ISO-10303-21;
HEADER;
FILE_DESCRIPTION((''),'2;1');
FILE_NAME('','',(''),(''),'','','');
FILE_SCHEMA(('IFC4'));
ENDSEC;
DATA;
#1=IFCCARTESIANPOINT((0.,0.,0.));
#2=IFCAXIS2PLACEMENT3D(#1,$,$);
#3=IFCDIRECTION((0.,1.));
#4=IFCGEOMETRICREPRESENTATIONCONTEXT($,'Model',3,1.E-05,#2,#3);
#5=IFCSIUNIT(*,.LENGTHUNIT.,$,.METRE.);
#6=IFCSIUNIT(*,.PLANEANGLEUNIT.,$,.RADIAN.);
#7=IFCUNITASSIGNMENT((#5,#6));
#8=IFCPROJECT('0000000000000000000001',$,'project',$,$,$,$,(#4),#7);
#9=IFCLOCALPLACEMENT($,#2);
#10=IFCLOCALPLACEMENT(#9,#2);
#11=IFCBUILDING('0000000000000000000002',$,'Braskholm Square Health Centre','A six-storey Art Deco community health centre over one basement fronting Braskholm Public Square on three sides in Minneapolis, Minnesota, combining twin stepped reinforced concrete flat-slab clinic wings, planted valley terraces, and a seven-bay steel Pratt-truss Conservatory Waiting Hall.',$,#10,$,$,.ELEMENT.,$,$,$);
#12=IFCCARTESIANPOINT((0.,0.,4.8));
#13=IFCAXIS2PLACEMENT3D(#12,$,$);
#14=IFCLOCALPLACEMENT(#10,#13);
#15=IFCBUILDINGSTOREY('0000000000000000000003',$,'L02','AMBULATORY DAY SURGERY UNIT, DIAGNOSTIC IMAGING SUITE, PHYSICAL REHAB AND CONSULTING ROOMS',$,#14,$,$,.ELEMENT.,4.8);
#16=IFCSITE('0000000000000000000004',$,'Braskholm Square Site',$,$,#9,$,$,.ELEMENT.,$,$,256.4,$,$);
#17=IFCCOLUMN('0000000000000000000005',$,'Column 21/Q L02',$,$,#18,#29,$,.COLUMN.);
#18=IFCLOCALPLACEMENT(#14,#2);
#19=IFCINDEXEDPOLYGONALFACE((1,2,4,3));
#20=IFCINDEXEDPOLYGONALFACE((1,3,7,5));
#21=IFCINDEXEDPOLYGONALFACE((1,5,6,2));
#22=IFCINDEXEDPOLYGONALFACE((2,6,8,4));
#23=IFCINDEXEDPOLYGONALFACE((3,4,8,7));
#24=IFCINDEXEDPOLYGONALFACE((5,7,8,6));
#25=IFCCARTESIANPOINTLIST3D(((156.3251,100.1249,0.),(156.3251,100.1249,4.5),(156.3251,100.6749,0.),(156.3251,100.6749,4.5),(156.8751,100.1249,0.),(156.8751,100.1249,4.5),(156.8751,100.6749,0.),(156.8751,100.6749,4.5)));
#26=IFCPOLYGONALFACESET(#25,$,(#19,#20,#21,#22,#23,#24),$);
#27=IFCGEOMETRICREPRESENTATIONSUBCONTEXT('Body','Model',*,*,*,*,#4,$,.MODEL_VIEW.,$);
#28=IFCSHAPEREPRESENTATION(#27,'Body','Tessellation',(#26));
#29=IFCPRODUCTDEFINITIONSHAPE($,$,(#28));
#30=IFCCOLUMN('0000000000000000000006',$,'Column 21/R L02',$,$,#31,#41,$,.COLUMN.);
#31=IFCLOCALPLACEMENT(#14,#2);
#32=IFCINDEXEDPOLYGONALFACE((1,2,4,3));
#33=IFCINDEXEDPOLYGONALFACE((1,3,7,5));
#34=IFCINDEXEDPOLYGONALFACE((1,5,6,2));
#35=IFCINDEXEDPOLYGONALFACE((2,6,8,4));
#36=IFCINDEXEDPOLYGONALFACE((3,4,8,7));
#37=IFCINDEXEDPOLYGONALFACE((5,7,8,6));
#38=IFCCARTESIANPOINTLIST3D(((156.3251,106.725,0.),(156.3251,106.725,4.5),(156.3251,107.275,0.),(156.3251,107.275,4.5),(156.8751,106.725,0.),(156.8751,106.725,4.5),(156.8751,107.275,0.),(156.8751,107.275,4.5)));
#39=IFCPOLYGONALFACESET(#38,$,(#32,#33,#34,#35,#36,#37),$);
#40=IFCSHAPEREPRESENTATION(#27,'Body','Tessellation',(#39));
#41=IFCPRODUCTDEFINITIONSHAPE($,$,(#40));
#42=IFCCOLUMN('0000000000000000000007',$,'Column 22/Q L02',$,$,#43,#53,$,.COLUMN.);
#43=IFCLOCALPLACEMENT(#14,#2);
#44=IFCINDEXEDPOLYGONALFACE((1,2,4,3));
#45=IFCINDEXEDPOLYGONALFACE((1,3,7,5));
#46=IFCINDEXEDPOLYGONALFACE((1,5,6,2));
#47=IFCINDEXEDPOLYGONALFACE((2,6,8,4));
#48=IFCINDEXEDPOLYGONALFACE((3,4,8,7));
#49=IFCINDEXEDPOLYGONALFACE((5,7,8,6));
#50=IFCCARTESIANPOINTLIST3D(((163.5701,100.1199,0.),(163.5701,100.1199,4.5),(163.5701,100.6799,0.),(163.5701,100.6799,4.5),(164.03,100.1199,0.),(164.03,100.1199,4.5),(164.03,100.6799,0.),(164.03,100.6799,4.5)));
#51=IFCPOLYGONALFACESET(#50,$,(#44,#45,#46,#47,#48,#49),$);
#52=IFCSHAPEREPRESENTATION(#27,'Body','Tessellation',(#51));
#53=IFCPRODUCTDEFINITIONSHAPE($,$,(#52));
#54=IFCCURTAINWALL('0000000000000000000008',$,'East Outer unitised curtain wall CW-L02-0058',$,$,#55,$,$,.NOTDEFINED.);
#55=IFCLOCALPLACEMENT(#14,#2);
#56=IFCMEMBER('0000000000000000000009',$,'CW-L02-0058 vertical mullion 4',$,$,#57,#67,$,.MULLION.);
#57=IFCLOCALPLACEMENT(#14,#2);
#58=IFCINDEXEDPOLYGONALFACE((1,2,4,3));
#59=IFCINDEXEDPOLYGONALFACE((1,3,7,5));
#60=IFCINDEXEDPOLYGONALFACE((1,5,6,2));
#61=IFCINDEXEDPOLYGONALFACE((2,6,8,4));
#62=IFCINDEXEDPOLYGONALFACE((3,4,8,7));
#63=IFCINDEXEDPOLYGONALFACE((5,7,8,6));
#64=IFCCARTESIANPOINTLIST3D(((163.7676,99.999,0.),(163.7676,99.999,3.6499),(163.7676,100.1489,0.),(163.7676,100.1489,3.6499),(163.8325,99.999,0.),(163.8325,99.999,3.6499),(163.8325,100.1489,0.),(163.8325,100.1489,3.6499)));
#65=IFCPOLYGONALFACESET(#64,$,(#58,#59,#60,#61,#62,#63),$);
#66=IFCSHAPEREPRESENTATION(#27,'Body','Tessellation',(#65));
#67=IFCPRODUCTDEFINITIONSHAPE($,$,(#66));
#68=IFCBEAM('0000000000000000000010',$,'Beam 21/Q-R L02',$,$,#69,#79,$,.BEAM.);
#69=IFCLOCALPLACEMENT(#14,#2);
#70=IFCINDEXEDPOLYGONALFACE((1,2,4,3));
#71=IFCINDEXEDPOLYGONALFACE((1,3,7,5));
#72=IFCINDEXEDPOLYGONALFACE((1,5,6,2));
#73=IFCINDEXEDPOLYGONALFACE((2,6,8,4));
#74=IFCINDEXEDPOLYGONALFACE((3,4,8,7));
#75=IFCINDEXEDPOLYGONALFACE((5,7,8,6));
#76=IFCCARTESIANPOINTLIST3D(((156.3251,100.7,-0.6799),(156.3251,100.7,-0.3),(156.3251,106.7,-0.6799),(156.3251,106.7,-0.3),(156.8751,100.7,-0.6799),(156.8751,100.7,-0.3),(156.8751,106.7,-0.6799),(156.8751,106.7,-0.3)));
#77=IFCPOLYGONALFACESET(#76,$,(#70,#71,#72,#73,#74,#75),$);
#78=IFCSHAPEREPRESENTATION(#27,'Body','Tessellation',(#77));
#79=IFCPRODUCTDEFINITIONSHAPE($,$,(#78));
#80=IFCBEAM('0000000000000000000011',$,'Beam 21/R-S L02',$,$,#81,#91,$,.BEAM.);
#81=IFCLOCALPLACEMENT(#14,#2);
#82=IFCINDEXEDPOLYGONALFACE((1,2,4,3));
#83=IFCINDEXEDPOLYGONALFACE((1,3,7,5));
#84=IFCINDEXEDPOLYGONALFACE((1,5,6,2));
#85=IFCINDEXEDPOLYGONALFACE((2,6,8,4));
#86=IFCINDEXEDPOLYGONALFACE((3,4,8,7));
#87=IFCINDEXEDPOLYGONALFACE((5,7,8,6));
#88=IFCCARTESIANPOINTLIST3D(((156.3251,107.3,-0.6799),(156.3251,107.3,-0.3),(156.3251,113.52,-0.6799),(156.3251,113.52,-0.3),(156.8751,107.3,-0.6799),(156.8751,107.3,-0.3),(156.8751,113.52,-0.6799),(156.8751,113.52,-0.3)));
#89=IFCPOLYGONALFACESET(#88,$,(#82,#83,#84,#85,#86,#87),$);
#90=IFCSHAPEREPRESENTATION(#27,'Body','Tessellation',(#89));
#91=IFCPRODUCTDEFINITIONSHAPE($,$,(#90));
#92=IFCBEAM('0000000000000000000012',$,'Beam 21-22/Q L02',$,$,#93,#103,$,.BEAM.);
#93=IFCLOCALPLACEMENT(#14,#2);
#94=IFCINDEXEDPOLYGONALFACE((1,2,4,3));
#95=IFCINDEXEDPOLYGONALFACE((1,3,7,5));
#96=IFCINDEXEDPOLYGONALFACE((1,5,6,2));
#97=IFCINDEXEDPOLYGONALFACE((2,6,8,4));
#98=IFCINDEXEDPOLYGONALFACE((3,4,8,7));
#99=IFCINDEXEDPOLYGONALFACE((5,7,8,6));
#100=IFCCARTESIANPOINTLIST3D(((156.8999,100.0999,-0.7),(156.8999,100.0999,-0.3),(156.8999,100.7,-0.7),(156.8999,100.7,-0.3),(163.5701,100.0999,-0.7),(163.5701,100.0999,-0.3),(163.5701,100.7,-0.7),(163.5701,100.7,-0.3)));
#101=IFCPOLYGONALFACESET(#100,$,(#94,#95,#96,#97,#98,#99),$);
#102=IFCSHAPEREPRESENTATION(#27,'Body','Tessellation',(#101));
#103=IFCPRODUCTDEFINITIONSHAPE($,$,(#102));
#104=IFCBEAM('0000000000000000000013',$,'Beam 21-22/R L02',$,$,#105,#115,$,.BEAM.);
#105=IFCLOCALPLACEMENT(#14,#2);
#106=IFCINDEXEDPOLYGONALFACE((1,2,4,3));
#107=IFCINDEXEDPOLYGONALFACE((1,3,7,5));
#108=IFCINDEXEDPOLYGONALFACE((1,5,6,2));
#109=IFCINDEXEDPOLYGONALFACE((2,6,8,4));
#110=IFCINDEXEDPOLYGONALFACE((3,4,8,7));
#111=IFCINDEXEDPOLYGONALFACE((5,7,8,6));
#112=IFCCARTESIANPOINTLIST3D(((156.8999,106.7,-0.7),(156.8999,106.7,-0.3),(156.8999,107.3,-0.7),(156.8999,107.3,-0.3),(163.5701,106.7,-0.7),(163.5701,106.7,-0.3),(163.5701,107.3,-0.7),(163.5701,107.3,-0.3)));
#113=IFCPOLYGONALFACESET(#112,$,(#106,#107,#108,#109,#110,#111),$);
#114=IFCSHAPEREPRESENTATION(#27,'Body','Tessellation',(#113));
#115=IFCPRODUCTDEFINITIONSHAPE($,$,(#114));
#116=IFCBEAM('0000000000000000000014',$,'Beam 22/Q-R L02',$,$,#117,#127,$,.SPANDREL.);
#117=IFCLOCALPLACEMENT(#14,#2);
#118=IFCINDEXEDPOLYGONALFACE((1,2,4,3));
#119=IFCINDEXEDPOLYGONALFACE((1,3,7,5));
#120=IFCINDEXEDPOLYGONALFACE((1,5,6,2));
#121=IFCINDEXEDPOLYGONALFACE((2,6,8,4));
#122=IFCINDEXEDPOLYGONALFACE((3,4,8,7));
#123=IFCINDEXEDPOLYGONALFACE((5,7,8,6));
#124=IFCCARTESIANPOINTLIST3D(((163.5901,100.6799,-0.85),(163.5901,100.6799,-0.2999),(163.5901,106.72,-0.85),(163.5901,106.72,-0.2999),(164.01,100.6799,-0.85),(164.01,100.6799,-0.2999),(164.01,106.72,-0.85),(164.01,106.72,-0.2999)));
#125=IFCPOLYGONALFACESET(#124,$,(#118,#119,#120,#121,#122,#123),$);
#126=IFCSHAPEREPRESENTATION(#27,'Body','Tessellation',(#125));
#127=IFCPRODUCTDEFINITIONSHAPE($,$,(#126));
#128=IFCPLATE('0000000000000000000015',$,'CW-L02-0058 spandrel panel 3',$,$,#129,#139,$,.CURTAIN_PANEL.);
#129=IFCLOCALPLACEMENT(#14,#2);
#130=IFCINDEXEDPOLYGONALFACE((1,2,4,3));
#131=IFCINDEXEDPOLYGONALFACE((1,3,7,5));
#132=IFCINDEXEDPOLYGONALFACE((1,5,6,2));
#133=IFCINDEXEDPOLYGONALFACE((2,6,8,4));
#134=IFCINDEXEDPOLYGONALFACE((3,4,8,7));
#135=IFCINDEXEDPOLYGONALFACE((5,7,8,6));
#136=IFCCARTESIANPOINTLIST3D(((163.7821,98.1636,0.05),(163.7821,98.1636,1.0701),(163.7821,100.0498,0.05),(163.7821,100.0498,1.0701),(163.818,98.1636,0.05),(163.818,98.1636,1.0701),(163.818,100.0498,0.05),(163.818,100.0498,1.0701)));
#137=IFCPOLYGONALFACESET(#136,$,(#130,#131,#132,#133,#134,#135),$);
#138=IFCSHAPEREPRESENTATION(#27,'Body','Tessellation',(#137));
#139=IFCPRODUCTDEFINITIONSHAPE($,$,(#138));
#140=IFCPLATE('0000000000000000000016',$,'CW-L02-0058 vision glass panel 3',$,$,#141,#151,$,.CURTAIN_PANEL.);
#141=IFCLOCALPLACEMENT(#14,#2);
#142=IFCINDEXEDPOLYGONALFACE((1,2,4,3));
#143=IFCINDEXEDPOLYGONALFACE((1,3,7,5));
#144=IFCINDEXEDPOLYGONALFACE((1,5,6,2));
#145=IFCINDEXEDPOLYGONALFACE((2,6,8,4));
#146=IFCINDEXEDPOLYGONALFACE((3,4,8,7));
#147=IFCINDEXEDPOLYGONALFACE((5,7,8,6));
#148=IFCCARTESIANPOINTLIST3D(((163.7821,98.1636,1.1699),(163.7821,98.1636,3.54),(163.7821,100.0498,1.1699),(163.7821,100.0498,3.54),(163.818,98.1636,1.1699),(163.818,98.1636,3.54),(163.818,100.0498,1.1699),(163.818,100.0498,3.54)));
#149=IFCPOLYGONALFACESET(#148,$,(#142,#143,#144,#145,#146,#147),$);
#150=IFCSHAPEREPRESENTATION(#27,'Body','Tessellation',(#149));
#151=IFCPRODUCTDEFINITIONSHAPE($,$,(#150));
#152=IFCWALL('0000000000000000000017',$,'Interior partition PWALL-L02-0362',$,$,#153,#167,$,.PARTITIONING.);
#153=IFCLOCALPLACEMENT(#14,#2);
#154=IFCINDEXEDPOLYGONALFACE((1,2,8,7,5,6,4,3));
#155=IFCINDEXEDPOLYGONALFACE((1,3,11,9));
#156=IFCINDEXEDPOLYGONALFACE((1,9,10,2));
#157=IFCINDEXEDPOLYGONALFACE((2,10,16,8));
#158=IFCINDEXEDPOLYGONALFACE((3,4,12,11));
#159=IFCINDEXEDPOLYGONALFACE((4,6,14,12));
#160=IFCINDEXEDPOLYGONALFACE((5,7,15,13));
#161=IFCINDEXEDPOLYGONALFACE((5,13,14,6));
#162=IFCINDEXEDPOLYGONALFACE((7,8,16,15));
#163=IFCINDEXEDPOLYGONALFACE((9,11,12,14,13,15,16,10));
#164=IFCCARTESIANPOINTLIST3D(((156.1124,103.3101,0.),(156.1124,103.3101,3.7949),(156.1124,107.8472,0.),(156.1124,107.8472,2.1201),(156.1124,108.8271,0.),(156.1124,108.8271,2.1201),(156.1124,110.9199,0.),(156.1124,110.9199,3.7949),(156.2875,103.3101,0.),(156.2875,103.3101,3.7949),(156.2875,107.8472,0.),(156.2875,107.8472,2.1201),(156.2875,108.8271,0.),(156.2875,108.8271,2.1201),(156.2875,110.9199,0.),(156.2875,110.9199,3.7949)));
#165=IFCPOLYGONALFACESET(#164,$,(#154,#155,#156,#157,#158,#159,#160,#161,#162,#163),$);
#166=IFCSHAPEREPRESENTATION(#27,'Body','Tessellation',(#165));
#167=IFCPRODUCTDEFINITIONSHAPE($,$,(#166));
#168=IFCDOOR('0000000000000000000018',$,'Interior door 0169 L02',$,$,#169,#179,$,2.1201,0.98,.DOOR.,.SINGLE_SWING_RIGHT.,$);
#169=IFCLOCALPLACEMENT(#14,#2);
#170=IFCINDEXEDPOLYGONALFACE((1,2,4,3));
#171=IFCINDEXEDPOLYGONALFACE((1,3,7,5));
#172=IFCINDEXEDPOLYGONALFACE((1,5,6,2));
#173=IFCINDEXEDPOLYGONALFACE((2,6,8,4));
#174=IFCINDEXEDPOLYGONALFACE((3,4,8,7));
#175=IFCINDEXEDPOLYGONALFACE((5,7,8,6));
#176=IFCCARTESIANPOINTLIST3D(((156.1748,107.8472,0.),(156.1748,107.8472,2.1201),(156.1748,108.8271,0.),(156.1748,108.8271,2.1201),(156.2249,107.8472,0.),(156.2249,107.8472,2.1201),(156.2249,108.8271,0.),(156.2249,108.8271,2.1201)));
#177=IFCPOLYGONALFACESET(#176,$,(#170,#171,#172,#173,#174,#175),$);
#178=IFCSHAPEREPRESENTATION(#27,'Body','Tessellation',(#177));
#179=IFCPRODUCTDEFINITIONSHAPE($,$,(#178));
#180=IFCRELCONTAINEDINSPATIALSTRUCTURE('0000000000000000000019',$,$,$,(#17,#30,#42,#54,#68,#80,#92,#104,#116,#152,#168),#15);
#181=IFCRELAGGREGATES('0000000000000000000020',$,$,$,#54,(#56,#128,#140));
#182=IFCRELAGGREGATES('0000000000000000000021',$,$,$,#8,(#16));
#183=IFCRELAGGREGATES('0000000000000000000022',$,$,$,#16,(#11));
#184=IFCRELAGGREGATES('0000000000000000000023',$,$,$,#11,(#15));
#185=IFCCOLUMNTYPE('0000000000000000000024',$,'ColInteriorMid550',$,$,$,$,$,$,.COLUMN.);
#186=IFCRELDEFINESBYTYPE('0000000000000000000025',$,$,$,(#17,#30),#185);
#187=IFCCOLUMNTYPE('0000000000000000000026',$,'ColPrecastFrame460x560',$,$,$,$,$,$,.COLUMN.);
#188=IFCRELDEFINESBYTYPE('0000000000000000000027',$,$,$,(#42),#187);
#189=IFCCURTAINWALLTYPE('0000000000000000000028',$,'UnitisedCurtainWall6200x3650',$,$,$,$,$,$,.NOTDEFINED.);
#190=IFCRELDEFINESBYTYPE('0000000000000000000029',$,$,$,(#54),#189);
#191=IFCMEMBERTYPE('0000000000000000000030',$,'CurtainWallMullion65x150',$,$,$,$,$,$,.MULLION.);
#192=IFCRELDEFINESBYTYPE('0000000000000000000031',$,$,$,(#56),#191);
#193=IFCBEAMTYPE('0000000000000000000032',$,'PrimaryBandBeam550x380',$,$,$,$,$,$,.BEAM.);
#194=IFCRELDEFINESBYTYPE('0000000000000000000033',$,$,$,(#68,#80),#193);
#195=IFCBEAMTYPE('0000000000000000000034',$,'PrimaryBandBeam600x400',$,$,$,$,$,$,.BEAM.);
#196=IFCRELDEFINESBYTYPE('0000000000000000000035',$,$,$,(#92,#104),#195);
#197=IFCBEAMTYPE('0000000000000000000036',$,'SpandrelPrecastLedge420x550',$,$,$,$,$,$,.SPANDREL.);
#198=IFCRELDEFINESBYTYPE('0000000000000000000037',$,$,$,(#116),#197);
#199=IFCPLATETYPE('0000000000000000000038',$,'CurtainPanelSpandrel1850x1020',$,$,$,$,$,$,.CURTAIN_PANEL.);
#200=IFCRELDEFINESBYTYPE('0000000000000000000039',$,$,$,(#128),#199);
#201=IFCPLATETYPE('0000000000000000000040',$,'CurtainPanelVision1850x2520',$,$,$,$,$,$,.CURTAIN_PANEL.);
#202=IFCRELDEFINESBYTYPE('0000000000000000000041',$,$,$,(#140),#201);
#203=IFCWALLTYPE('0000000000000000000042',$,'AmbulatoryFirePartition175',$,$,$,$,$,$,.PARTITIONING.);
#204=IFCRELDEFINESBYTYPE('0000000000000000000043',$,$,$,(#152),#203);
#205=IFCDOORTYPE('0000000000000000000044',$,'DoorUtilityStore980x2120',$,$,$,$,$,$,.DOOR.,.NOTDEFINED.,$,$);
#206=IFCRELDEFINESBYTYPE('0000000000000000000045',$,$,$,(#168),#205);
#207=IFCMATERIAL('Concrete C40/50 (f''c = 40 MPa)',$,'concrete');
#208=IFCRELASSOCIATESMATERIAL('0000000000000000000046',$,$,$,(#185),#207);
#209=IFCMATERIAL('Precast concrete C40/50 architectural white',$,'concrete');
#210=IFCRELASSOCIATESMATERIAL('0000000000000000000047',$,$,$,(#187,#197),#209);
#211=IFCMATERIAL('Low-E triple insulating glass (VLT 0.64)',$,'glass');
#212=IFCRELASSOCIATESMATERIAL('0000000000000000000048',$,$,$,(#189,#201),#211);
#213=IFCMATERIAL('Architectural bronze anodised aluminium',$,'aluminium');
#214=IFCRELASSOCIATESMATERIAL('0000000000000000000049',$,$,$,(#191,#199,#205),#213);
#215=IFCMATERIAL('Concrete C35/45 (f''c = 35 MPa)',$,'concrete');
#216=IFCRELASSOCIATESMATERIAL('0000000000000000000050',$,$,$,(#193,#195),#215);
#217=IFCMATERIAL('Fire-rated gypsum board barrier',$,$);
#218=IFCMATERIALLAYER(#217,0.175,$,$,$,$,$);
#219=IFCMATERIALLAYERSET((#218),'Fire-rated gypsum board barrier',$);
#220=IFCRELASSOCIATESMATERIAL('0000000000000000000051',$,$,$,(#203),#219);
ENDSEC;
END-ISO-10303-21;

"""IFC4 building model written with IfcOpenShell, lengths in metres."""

from ifc_helpers import new_model, si_unit, direction, frame, frame_2d, origin, origin_2d, place, context, subcontext, project, spatial, rectangle, extrude, material, layer, layer_set, material_profile, profile_set, type_object, element, fill, aggregate, save


model = new_model("IFC4")

# Units and contexts
model_context = context("Model", 3, precision=1e-05, world=origin(), true_north=direction((0.0, 1.0)))
body_context = subcontext(model_context, "Body", "Model", "MODEL_VIEW")
ifc_project = project(units=[si_unit("LENGTHUNIT", "METRE"), si_unit("PLANEANGLEUNIT", "RADIAN")], contexts=[model_context])

# Site, building, storey
site_placement = place(None, origin())
site = spatial("IfcSite", under=ifc_project, at=site_placement, Name="Braskholm Square Site", CompositionType="ELEMENT", RefElevation=256.4)
building_placement = place(site_placement, origin())
building = spatial("IfcBuilding", under=site, at=building_placement, Name="Braskholm Square Health Centre", Description="A six-storey Art Deco community health centre over one basement fronting Braskholm Public Square on three sides in Minneapolis, Minnesota, combining twin stepped reinforced concrete flat-slab clinic wings, planted valley terraces, and a seven-bay steel Pratt-truss Conservatory Waiting Hall.", CompositionType="ELEMENT")
storey_placement = place(building_placement, frame((0.0, 0.0, 4.8)))
storey = spatial("IfcBuildingStorey", under=building, at=storey_placement, Name="L02", Description="AMBULATORY DAY SURGERY UNIT, DIAGNOSTIC IMAGING SUITE, PHYSICAL REHAB AND CONSULTING ROOMS", CompositionType="ELEMENT", Elevation=4.8)

# Columns
ifc_material_1 = material(Name="Concrete C40/50 (f'c = 40 MPa)", Category="concrete")
ifc_material_profile_1 = material_profile(ifc_material_1, rectangle(XDim=0.55, YDim=0.55, at=origin_2d()), Name="RC-550X550")
ifc_profile_set_1 = profile_set([ifc_material_profile_1], Name="Concrete C40/50 (f'c = 40 MPa)")
column_type_1 = type_object("IfcColumnType", Name="ColInteriorMid550", PredefinedType="COLUMN", material=ifc_profile_set_1)
for number, where, z_axis, x_axis, name in (
    (1, (156.6001, 100.3999, 0.0), (0.0, 0.0, 1.0), (1.0, 0.0, 0.0), "Column 21/Q L02"),
    (2, (156.6001, 107.0, 0.0), (0.0, 0.0, 1.0), (1.0, 0.0, 0.0), "Column 21/R L02"),
):
    element("IfcColumn", number, at=place(storey_placement, frame(where, z_axis=z_axis, x_axis=x_axis)), inside=storey, type_object=column_type_1, Name=name, PredefinedType="COLUMN", context=body_context, shape_type="SweptSolid", body=[
        extrude(rectangle(XDim=0.55, YDim=0.55, at=origin_2d()), origin(), (0.0, 0.0, 1.0), 4.5),
    ])
ifc_material_2 = material(Name="Precast concrete C40/50 architectural white", Category="concrete")
ifc_material_profile_2 = material_profile(ifc_material_2, rectangle(XDim=0.46, YDim=0.5601, at=origin_2d()), Name="RC-460X560")
ifc_profile_set_2 = profile_set([ifc_material_profile_2], Name="Precast concrete C40/50 architectural white")
column_type_2 = type_object("IfcColumnType", Name="ColPrecastFrame460x560", PredefinedType="COLUMN", material=ifc_profile_set_2)
column_placement = place(storey_placement, frame((163.8, 100.3999, 0.0), z_axis=(0.0, 0.0, 1.0), x_axis=(1.0, 0.0, 0.0)))
element("IfcColumn", 3, at=column_placement, inside=storey, type_object=column_type_2, Name="Column 22/Q L02", PredefinedType="COLUMN", context=body_context, shape_type="SweptSolid", body=[
    extrude(rectangle(XDim=0.46, YDim=0.5601, at=origin_2d()), origin(), (0.0, 0.0, 1.0), 4.5),
])

# Curtain wall, member
ifc_material_3 = material(Name="Low-E triple insulating glass (VLT 0.64)", Category="glass")
curtain_wall_type = type_object("IfcCurtainWallType", Name="UnitisedCurtainWall6200x3650", PredefinedType="NOTDEFINED", material=ifc_material_3)
curtain_wall_placement = place(storey_placement, origin())
curtain_wall = element("IfcCurtainWall", 4, at=curtain_wall_placement, inside=storey, type_object=curtain_wall_type, Name="East Outer unitised curtain wall CW-L02-0058", PredefinedType="NOTDEFINED")
ifc_material_4 = material(Name="Architectural bronze anodised aluminium", Category="aluminium")
ifc_material_profile_3 = material_profile(ifc_material_4, rectangle(XDim=0.0649, YDim=0.1499, at=origin_2d()), Name="ALU-65X150")
ifc_profile_set_3 = profile_set([ifc_material_profile_3], Name="Architectural bronze anodised aluminium")
member_type = type_object("IfcMemberType", Name="CurtainWallMullion65x150", PredefinedType="MULLION", material=ifc_profile_set_3)
member_placement = place(storey_placement, frame((163.8, 100.074, 0.0), z_axis=(0.0, 0.0, 1.0), x_axis=(1.0, 0.0, 0.0)))
member = element("IfcMember", 5, at=member_placement, type_object=member_type, Name="CW-L02-0058 vertical mullion 4", PredefinedType="MULLION", context=body_context, shape_type="SweptSolid", body=[
    extrude(rectangle(XDim=0.0649, YDim=0.1499, at=origin_2d()), origin(), (0.0, 0.0, 1.0), 3.6499),
])

# Beams
ifc_material_5 = material(Name="Concrete C35/45 (f'c = 35 MPa)", Category="concrete")
ifc_material_profile_4 = material_profile(ifc_material_5, rectangle(XDim=0.55, YDim=0.3799, at=origin_2d()), Name="RCB-550X380")
ifc_profile_set_4 = profile_set([ifc_material_profile_4], Name="Concrete C35/45 (f'c = 35 MPa)")
beam_type_1 = type_object("IfcBeamType", Name="PrimaryBandBeam550x380", PredefinedType="BEAM", material=ifc_profile_set_4)
beam_1_placement = place(storey_placement, frame((156.6001, 100.7, -0.49), z_axis=(0.0, 1.0, 0.0), x_axis=(-1.0, 0.0, 0.0)))
element("IfcBeam", 6, at=beam_1_placement, inside=storey, type_object=beam_type_1, Name="Beam 21/Q-R L02", PredefinedType="BEAM", context=body_context, shape_type="SweptSolid", body=[
    extrude(rectangle(XDim=0.55, YDim=0.3799, at=origin_2d()), origin(), (0.0, 0.0, 1.0), 6.0),
])
beam_2_placement = place(storey_placement, frame((156.6001, 107.3, -0.49), z_axis=(0.0, 1.0, 0.0), x_axis=(-1.0, 0.0, 0.0)))
element("IfcBeam", 7, at=beam_2_placement, inside=storey, type_object=beam_type_1, Name="Beam 21/R-S L02", PredefinedType="BEAM", context=body_context, shape_type="SweptSolid", body=[
    extrude(rectangle(XDim=0.55, YDim=0.3799, at=origin_2d()), origin(), (0.0, 0.0, 1.0), 6.22),
])
ifc_material_profile_5 = material_profile(ifc_material_5, rectangle(XDim=0.6001, YDim=0.3999, at=origin_2d()), Name="RCB-600X400")
ifc_profile_set_5 = profile_set([ifc_material_profile_5], Name="Concrete C35/45 (f'c = 35 MPa)")
beam_type_2 = type_object("IfcBeamType", Name="PrimaryBandBeam600x400", PredefinedType="BEAM", material=ifc_profile_set_5)
for number, where, z_axis, x_axis, name in (
    (8, (156.8999, 100.3999, -0.5), (1.0, 0.0, 0.0), (0.0, 1.0, 0.0), "Beam 21-22/Q L02"),
    (9, (156.8999, 107.0, -0.5), (1.0, 0.0, 0.0), (0.0, 1.0, 0.0), "Beam 21-22/R L02"),
):
    element("IfcBeam", number, at=place(storey_placement, frame(where, z_axis=z_axis, x_axis=x_axis)), inside=storey, type_object=beam_type_2, Name=name, PredefinedType="BEAM", context=body_context, shape_type="SweptSolid", body=[
        extrude(rectangle(XDim=0.6001, YDim=0.3999, at=origin_2d()), origin(), (0.0, 0.0, 1.0), 6.6702),
    ])
ifc_material_profile_6 = material_profile(ifc_material_2, rectangle(XDim=0.4199, YDim=0.55, at=origin_2d()), Name="RCB-420X550")
ifc_profile_set_6 = profile_set([ifc_material_profile_6], Name="Precast concrete C40/50 architectural white")
beam_type_3 = type_object("IfcBeamType", Name="SpandrelPrecastLedge420x550", PredefinedType="SPANDREL", material=ifc_profile_set_6)
beam_3_placement = place(storey_placement, frame((163.8, 100.6799, -0.575), z_axis=(0.0, 1.0, 0.0), x_axis=(-1.0, 0.0, 0.0)))
element("IfcBeam", 10, at=beam_3_placement, inside=storey, type_object=beam_type_3, Name="Beam 22/Q-R L02", PredefinedType="SPANDREL", context=body_context, shape_type="SweptSolid", body=[
    extrude(rectangle(XDim=0.4199, YDim=0.55, at=origin_2d()), origin(), (0.0, 0.0, 1.0), 6.04),
])

# Plates
plate_type_1 = type_object("IfcPlateType", Name="CurtainPanelSpandrel1850x1020", PredefinedType="CURTAIN_PANEL", material=ifc_material_4)
plate_1_placement = place(storey_placement, frame((163.8, 99.1067, 0.05), z_axis=(0.0, 0.0, 1.0), x_axis=(0.0, 1.0, 0.0)))
plate_1 = element("IfcPlate", 11, at=plate_1_placement, type_object=plate_type_1, Name="CW-L02-0058 spandrel panel 3", PredefinedType="CURTAIN_PANEL", context=body_context, shape_type="SweptSolid", body=[
    extrude(rectangle(XDim=1.8862, YDim=0.0359, at=origin_2d()), origin(), (0.0, 0.0, 1.0), 1.02),
])
plate_type_2 = type_object("IfcPlateType", Name="CurtainPanelVision1850x2520", PredefinedType="CURTAIN_PANEL", material=ifc_material_3)
plate_2_placement = place(storey_placement, frame((163.8, 99.1067, 1.1699), z_axis=(0.0, 0.0, 1.0), x_axis=(0.0, 1.0, 0.0)))
plate_2 = element("IfcPlate", 12, at=plate_2_placement, type_object=plate_type_2, Name="CW-L02-0058 vision glass panel 3", PredefinedType="CURTAIN_PANEL", context=body_context, shape_type="SweptSolid", body=[
    extrude(rectangle(XDim=1.8862, YDim=0.0359, at=origin_2d()), origin(), (0.0, 0.0, 1.0), 2.3701),
])
aggregate(curtain_wall, [member, plate_1, plate_2])

# Wall, opening, door
ifc_material_6 = material(Name="Fire-rated gypsum board barrier")
ifc_layer_1 = layer(ifc_material_6, 0.175)
ifc_layer_set_1 = layer_set([ifc_layer_1], Name="Fire-rated gypsum board barrier")
wall_type_1 = type_object("IfcWallType", Name="AmbulatoryFirePartition175", PredefinedType="PARTITIONING", material=ifc_layer_set_1)
wall_1_placement = place(storey_placement, frame((156.2, 103.3101, 0.0), z_axis=(0.0, 0.0, 1.0), x_axis=(0.0, 1.0, 0.0)))
wall_1 = element("IfcWall", 13, at=wall_1_placement, inside=storey, type_object=wall_type_1, Name="Interior partition PWALL-L02-0362", PredefinedType="PARTITIONING", context=body_context, shape_type="SweptSolid", body=[
    extrude(rectangle(XDim=7.6099, YDim=0.175, at=frame_2d((3.8049, 0.0))), origin(), (0.0, 0.0, 1.0), 3.7949),
])
opening_1_placement = place(wall_1_placement, frame((4.5371, 0.0, 0.0)))
opening_1 = element("IfcOpeningElement", 14, at=opening_1_placement, cuts=wall_1, PredefinedType="OPENING", context=body_context, shape_type="SweptSolid", body=[
    extrude(rectangle(XDim=0.98, YDim=2.1201, at=frame_2d((0.49, 1.0601))), frame((0.0, 0.0977, 0.0), z_axis=(0.0, -1.0, 0.0), x_axis=(1.0, 0.0, 0.0)), (0.0, 0.0, 1.0), 0.1951),
])
door_type_1 = type_object("IfcDoorType", Name="DoorUtilityStore980x2120", OperationType="NOTDEFINED", PredefinedType="DOOR", material=ifc_material_4)
door_1_placement = place(opening_1_placement, frame((0.98, 0.0, 0.0), z_axis=(0.0, 0.0, 1.0), x_axis=(-1.0, 0.0, 0.0)))
door_1 = element("IfcDoor", 15, at=door_1_placement, inside=storey, type_object=door_type_1, Name="Interior door 0169 L02", OperationType="SINGLE_SWING_RIGHT", OverallHeight=2.1201, OverallWidth=0.98, PredefinedType="DOOR", context=body_context, shape_type="SweptSolid", body=[
    extrude(rectangle(XDim=0.98, YDim=2.1201, at=frame_2d((0.49, 1.0601))), frame((0.0, 0.0249, 0.0), z_axis=(0.0, -1.0, 0.0), x_axis=(1.0, 0.0, 0.0)), (0.0, 0.0, 1.0), 0.05),
])
fill(opening_1, door_1)

save(model, "model.ifc")
